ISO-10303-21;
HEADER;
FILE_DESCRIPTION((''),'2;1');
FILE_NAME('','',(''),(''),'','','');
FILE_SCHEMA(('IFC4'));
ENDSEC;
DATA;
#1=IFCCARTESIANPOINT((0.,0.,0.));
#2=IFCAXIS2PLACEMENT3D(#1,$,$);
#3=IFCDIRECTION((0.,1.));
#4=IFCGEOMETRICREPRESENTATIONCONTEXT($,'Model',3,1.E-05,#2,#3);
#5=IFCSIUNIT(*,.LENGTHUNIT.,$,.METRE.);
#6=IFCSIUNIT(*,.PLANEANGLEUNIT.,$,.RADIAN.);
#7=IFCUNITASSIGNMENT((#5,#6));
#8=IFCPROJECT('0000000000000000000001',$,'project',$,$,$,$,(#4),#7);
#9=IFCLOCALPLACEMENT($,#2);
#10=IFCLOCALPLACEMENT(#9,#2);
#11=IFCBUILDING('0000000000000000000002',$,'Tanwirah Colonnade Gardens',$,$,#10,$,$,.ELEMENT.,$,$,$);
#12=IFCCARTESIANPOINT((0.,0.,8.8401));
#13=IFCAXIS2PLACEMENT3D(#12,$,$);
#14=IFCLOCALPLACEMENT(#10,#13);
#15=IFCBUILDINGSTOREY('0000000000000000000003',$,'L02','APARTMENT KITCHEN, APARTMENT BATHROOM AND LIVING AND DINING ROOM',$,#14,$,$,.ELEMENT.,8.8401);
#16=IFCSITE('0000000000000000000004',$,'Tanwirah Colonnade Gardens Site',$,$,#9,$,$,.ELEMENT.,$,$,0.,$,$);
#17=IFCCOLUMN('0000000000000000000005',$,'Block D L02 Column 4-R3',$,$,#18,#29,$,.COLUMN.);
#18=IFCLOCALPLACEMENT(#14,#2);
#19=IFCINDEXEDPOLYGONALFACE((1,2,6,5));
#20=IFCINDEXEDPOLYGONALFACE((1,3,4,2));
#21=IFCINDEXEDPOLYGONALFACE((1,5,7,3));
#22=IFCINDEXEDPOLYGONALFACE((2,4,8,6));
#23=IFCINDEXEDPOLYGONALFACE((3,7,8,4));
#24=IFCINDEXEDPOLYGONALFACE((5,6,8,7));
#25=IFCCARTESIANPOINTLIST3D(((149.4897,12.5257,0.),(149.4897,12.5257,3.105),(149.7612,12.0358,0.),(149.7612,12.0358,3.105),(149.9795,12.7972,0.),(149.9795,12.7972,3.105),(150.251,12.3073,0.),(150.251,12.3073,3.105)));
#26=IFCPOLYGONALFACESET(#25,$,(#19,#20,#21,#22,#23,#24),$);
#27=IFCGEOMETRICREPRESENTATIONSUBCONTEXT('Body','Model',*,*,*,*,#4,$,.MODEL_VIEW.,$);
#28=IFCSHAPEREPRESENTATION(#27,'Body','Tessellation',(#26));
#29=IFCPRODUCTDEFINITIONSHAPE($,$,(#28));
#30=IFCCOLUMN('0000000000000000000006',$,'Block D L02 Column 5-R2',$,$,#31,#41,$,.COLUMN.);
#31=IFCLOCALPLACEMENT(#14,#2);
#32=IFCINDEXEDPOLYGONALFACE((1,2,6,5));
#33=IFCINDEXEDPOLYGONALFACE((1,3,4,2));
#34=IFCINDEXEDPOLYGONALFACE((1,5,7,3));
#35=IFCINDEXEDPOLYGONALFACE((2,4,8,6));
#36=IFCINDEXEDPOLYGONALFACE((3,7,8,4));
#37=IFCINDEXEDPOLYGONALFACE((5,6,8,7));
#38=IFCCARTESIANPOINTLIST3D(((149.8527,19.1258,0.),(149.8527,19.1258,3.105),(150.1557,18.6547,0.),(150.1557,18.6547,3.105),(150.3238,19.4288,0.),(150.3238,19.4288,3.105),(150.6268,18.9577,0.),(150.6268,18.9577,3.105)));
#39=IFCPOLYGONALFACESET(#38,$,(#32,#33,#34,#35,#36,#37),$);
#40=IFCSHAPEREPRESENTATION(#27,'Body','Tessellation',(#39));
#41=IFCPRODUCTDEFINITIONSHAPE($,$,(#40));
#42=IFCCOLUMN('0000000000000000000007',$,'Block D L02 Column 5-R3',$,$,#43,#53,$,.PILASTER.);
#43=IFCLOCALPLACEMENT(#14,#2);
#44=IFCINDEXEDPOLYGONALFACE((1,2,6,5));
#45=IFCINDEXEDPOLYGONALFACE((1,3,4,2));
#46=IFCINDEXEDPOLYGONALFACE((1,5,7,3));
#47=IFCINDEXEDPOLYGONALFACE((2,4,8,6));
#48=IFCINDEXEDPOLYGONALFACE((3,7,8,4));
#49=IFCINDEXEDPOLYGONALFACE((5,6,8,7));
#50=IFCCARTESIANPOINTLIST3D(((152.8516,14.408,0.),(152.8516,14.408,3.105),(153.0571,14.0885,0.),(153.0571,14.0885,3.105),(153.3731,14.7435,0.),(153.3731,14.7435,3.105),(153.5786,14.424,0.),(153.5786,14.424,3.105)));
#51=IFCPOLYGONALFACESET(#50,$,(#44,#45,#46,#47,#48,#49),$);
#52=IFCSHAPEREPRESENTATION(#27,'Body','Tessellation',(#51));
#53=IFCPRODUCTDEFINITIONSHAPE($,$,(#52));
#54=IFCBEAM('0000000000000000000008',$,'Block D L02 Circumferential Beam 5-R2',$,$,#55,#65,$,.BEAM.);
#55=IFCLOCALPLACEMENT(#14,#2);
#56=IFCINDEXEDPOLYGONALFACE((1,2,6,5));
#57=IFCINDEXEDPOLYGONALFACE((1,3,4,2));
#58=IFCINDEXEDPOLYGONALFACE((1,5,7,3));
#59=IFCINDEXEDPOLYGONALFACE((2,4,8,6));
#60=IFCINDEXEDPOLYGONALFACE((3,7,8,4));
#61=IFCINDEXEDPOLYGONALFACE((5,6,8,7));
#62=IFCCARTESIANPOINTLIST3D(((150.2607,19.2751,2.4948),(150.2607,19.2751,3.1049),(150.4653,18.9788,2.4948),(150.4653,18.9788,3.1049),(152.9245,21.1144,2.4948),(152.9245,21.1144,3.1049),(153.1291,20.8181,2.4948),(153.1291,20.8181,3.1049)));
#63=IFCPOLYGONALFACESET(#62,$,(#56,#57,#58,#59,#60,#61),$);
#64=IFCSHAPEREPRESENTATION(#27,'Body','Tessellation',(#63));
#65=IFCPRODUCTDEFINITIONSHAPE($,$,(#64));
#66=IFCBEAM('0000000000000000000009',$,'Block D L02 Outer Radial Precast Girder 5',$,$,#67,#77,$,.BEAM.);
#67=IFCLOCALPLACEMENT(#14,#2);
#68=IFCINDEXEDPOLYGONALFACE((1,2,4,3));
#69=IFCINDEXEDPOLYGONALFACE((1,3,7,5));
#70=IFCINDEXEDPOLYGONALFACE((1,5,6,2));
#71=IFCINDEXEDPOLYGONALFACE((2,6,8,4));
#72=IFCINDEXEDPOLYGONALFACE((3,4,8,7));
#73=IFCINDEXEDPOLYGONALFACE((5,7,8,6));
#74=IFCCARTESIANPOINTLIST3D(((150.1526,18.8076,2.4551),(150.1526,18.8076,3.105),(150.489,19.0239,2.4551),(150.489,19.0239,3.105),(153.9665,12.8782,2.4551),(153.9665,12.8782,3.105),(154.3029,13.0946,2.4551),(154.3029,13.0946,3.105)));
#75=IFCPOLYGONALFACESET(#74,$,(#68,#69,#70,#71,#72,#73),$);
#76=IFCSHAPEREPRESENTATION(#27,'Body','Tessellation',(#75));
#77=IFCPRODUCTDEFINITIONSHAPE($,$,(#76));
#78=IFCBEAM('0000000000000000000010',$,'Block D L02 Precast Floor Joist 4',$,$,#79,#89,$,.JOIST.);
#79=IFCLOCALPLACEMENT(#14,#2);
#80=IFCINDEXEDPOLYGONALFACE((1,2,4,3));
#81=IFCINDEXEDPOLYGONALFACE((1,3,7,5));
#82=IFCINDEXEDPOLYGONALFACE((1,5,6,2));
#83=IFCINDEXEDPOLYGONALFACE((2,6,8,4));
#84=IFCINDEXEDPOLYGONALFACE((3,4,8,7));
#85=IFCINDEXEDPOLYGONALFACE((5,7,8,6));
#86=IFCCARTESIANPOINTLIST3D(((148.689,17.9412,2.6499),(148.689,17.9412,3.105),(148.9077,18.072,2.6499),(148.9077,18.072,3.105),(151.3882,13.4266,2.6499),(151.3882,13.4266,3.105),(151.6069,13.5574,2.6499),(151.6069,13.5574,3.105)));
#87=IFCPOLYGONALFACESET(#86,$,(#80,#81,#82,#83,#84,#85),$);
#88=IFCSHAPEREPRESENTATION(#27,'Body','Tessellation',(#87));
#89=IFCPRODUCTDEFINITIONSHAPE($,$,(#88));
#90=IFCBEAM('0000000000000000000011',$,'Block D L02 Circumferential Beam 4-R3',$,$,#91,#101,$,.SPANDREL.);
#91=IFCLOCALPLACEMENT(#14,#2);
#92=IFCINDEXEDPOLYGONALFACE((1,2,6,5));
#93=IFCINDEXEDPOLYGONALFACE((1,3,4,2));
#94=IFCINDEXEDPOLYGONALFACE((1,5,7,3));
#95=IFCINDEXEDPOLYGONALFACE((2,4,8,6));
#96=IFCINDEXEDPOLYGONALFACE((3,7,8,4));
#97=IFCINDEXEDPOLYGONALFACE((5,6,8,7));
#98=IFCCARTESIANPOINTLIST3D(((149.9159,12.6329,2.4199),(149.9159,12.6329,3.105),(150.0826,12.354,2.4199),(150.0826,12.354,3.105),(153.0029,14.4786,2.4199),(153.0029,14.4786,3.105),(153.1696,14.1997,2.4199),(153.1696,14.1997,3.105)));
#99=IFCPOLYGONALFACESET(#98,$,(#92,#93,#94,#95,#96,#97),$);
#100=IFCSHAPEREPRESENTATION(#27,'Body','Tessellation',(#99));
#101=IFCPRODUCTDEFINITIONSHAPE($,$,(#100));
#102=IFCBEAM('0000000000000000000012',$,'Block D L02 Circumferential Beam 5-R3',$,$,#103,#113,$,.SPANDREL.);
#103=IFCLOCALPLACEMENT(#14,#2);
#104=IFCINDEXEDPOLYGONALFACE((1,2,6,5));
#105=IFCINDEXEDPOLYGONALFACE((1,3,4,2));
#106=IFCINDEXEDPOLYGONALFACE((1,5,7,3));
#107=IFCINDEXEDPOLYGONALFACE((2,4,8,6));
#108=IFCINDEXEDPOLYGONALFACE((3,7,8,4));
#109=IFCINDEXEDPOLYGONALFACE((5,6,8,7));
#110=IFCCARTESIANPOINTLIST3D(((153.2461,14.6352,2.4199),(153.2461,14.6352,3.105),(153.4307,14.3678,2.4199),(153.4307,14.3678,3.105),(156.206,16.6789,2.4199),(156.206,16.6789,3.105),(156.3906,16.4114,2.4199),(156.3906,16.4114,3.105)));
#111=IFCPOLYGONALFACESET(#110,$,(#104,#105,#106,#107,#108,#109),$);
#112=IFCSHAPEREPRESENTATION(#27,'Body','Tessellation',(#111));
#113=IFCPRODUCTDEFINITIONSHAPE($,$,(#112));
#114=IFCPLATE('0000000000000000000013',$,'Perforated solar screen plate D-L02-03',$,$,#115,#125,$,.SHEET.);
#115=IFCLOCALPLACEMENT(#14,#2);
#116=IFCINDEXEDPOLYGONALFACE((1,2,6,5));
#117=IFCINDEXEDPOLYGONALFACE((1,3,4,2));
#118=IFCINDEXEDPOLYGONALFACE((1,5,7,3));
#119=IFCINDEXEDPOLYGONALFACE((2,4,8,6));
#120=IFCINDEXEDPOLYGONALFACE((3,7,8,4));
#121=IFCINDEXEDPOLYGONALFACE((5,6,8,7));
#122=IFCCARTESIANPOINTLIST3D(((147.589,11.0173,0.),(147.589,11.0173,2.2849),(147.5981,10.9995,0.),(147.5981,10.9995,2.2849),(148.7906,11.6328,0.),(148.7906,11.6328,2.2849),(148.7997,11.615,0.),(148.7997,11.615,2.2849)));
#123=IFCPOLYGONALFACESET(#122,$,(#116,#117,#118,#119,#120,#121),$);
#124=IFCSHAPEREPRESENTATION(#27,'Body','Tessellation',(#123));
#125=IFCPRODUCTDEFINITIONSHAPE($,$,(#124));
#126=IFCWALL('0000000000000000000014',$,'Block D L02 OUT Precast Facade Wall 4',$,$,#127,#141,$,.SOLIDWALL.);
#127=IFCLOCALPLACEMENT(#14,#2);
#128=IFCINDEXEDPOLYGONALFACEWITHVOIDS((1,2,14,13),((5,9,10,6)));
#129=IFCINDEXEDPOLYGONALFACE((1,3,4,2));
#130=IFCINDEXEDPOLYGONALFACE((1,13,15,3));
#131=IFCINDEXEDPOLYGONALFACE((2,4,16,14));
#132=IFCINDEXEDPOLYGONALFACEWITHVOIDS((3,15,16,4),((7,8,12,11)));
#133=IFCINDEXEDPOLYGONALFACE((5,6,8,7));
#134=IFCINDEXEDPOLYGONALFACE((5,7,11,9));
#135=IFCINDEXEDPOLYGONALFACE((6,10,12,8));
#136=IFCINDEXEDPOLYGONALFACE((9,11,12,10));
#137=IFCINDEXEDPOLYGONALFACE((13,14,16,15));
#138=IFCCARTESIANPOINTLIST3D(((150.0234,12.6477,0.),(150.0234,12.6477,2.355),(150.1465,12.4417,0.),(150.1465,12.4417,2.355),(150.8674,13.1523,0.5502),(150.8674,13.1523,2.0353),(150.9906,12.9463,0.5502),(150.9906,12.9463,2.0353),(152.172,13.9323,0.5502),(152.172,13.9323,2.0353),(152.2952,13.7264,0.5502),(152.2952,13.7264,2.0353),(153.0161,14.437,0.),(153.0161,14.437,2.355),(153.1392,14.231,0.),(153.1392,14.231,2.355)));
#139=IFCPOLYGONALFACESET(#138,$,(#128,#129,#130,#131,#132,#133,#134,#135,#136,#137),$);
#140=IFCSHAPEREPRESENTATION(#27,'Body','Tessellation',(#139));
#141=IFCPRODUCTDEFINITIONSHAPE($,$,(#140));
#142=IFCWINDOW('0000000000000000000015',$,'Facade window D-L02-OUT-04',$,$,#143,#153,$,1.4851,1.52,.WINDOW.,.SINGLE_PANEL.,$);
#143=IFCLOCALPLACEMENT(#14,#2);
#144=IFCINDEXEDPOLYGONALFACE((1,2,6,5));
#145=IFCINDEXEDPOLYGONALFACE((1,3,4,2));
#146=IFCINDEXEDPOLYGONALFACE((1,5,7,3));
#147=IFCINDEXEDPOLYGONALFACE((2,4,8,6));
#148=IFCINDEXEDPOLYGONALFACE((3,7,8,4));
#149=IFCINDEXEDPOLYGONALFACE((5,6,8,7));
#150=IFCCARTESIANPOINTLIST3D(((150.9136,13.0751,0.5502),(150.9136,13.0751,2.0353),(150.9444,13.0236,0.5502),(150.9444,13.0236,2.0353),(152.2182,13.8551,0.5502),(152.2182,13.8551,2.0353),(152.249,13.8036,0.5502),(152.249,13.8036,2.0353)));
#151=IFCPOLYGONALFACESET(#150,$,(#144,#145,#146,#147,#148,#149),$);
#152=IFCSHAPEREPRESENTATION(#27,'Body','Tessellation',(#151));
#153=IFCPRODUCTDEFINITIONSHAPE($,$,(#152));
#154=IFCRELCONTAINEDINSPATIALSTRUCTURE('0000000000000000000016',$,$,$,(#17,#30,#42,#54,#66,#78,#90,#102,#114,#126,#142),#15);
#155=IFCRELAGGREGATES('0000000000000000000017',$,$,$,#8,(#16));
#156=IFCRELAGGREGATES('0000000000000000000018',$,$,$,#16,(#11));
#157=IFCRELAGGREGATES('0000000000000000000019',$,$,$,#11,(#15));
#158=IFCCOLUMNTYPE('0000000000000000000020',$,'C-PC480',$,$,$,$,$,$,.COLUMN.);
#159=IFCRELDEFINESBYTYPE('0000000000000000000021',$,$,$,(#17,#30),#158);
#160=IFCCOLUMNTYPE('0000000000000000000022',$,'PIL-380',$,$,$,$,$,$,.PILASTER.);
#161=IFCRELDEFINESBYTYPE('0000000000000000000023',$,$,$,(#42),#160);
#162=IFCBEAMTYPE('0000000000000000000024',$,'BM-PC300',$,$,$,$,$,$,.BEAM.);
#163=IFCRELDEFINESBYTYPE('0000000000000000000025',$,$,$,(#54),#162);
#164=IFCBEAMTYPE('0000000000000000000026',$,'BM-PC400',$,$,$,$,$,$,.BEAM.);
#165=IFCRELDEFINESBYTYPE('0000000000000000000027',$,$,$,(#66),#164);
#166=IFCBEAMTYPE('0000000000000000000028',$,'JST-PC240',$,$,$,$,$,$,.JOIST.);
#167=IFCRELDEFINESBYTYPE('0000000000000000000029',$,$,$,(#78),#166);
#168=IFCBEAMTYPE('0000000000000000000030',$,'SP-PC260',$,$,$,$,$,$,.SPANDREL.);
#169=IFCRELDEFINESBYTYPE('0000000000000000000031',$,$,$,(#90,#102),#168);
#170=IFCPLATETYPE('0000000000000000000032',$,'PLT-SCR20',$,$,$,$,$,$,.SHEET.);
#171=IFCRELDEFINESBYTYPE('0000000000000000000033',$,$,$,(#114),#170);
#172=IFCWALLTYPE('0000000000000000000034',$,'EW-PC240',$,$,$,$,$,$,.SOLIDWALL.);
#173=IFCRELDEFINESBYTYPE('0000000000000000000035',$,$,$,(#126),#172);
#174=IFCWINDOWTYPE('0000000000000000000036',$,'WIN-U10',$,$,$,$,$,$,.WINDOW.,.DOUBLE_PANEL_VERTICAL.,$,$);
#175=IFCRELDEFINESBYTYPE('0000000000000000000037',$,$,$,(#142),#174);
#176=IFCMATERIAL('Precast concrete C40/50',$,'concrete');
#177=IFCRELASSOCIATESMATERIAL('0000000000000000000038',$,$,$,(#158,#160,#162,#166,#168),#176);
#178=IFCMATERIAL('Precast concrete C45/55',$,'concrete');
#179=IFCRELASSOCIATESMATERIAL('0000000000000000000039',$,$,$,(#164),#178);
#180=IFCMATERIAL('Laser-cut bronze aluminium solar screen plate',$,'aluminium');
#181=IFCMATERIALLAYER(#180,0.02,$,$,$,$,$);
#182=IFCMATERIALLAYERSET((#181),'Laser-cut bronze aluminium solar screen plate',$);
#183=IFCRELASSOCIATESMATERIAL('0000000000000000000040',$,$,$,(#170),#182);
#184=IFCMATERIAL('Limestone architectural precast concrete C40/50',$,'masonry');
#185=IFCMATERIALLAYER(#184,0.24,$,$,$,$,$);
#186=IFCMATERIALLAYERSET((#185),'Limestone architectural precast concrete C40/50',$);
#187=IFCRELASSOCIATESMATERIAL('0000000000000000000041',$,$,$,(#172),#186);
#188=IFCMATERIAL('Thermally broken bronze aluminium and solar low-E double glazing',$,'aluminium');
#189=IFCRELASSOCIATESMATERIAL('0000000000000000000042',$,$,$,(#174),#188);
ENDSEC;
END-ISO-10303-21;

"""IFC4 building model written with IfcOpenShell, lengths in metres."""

from ifc_helpers import new_model, si_unit, direction, frame, frame_2d, origin, origin_2d, place, context, subcontext, project, spatial, rectangle, extrude, material, layer, layer_set, material_profile, profile_set, type_object, element, fill, save


model = new_model("IFC4")

# Units and contexts
model_context = context("Model", 3, precision=1e-05, world=origin(), true_north=direction((0.0, 1.0)))
body_context = subcontext(model_context, "Body", "Model", "MODEL_VIEW")
ifc_project = project(units=[si_unit("LENGTHUNIT", "METRE"), si_unit("PLANEANGLEUNIT", "RADIAN")], contexts=[model_context])

# Site, building, storey
site_placement = place(None, origin())
site = spatial("IfcSite", under=ifc_project, at=site_placement, Name="Tanwirah Colonnade Gardens Site", CompositionType="ELEMENT", RefElevation=0.0)
building_placement = place(site_placement, origin())
building = spatial("IfcBuilding", under=site, at=building_placement, Name="Tanwirah Colonnade Gardens", CompositionType="ELEMENT")
storey_placement = place(building_placement, frame((0.0, 0.0, 8.8401)))
storey = spatial("IfcBuildingStorey", under=building, at=storey_placement, Name="L02", Description="APARTMENT KITCHEN, APARTMENT BATHROOM AND LIVING AND DINING ROOM", CompositionType="ELEMENT", Elevation=8.8401)

# Columns
ifc_material_1 = material(Name="Precast concrete C40/50", Category="concrete")
ifc_material_profile_1 = material_profile(ifc_material_1, rectangle(XDim=0.5601, YDim=0.5601, at=origin_2d()), Name="PC-COL 560x560")
ifc_profile_set_1 = profile_set([ifc_material_profile_1], Name="Precast concrete C40/50")
column_type_1 = type_object("IfcColumnType", Name="C-PC480", PredefinedType="COLUMN", material=ifc_profile_set_1)
for number, where, z_axis, x_axis, name in (
    (1, (149.8704, 12.4165, 0.0), (0.0, 0.0, 1.0), (0.48481, -0.87462, 0.0), "Block D L02 Column 4-R3"),
    (2, (150.2397, 19.0417, 0.0), (0.0, 0.0, 1.0), (0.540974, -0.841039, 0.0), "Block D L02 Column 5-R2"),
):
    element("IfcColumn", number, at=place(storey_placement, frame(where, z_axis=z_axis, x_axis=x_axis)), inside=storey, type_object=column_type_1, Name=name, PredefinedType="COLUMN", context=body_context, shape_type="SweptSolid", body=[
        extrude(rectangle(XDim=0.5601, YDim=0.5601, at=origin_2d()), origin(), (0.0, 0.0, 1.0), 3.105),
    ])
ifc_material_profile_2 = material_profile(ifc_material_1, rectangle(XDim=0.3799, YDim=0.6201, at=origin_2d()), Name="PC-PIL 380x620")
ifc_profile_set_2 = profile_set([ifc_material_profile_2], Name="Precast concrete C40/50")
column_type_2 = type_object("IfcColumnType", Name="PIL-380", PredefinedType="PILASTER", material=ifc_profile_set_2)
column_placement = place(storey_placement, frame((153.2151, 14.416, 0.0), z_axis=(0.0, 0.0, 1.0), x_axis=(0.540974, -0.841039, 0.0)))
element("IfcColumn", 3, at=column_placement, inside=storey, type_object=column_type_2, Name="Block D L02 Column 5-R3", PredefinedType="PILASTER", context=body_context, shape_type="SweptSolid", body=[
    extrude(rectangle(XDim=0.3799, YDim=0.6201, at=origin_2d()), origin(), (0.0, 0.0, 1.0), 3.105),
])

# Beams
ifc_material_profile_3 = material_profile(ifc_material_1, rectangle(XDim=0.3601, YDim=0.6101, at=origin_2d()), Name="PC-BM 360x610")
ifc_profile_set_3 = profile_set([ifc_material_profile_3], Name="Precast concrete C40/50")
beam_type_1 = type_object("IfcBeamType", Name="BM-PC300", PredefinedType="BEAM", material=ifc_profile_set_3)
beam_1_placement = place(storey_placement, frame((150.363, 19.127, 2.7998), z_axis=(0.822889, 0.568202, 0.0), x_axis=(-0.568202, 0.822889, 0.0)))
element("IfcBeam", 4, at=beam_1_placement, inside=storey, type_object=beam_type_1, Name="Block D L02 Circumferential Beam 5-R2", PredefinedType="BEAM", context=body_context, shape_type="SweptSolid", body=[
    extrude(rectangle(XDim=0.3601, YDim=0.6101, at=origin_2d()), origin(), (0.0, 0.0, 1.0), 3.2371),
])
ifc_material_2 = material(Name="Precast concrete C45/55", Category="concrete")
ifc_material_profile_4 = material_profile(ifc_material_2, rectangle(XDim=0.3999, YDim=0.6499, at=origin_2d()), Name="PC-BM 400x650")
ifc_profile_set_4 = profile_set([ifc_material_profile_4], Name="Precast concrete C45/55")
beam_type_2 = type_object("IfcBeamType", Name="BM-PC400", PredefinedType="BEAM", material=ifc_profile_set_4)
beam_2_placement = place(storey_placement, frame((150.3208, 18.9158, 2.78), z_axis=(0.540976, -0.841038, 0.0), x_axis=(0.841038, 0.540976, 0.0)))
element("IfcBeam", 5, at=beam_2_placement, inside=storey, type_object=beam_type_2, Name="Block D L02 Outer Radial Precast Girder 5", PredefinedType="BEAM", context=body_context, shape_type="SweptSolid", body=[
    extrude(rectangle(XDim=0.3999, YDim=0.6499, at=origin_2d()), origin(), (0.0, 0.0, 1.0), 7.05),
])
ifc_material_profile_5 = material_profile(ifc_material_1, rectangle(XDim=0.2549, YDim=0.4551, at=origin_2d()), Name="PC-JST 255x455")
ifc_profile_set_5 = profile_set([ifc_material_profile_5], Name="Precast concrete C40/50")
beam_type_3 = type_object("IfcBeamType", Name="JST-PC240", PredefinedType="JOIST", material=ifc_profile_set_5)
beam_3_placement = place(storey_placement, frame((148.7983, 18.0066, 2.8774), z_axis=(0.513157, -0.858295, 0.0), x_axis=(0.858295, 0.513157, 0.0)))
element("IfcBeam", 6, at=beam_3_placement, inside=storey, type_object=beam_type_3, Name="Block D L02 Precast Floor Joist 4", PredefinedType="JOIST", context=body_context, shape_type="SweptSolid", body=[
    extrude(rectangle(XDim=0.2549, YDim=0.4551, at=origin_2d()), origin(), (0.0, 0.0, 1.0), 5.26),
])
ifc_material_profile_6 = material_profile(ifc_material_1, rectangle(XDim=0.325, YDim=0.6851, at=origin_2d()), Name="PC-SP 325x685")
ifc_profile_set_6 = profile_set([ifc_material_profile_6], Name="Precast concrete C40/50")
beam_type_4 = type_object("IfcBeamType", Name="SP-PC260", PredefinedType="SPANDREL", material=ifc_profile_set_6)
beam_4_placement = place(storey_placement, frame((149.9993, 12.4934, 2.7625), z_axis=(0.858283, 0.513177, 0.0), x_axis=(-0.513177, 0.858283, 0.0)))
element("IfcBeam", 7, at=beam_4_placement, inside=storey, type_object=beam_type_4, Name="Block D L02 Circumferential Beam 4-R3", PredefinedType="SPANDREL", context=body_context, shape_type="SweptSolid", body=[
    extrude(rectangle(XDim=0.325, YDim=0.6851, at=origin_2d()), origin(), (0.0, 0.0, 1.0), 3.5967),
])
beam_5_placement = place(storey_placement, frame((153.3384, 14.5015, 2.7625), z_axis=(0.822907, 0.568175, 0.0), x_axis=(-0.568175, 0.822907, 0.0)))
element("IfcBeam", 8, at=beam_5_placement, inside=storey, type_object=beam_type_4, Name="Block D L02 Circumferential Beam 5-R3", PredefinedType="SPANDREL", context=body_context, shape_type="SweptSolid", body=[
    extrude(rectangle(XDim=0.325, YDim=0.6851, at=origin_2d()), origin(), (0.0, 0.0, 1.0), 3.5969),
])

# Plate
ifc_material_3 = material(Name="Laser-cut bronze aluminium solar screen plate", Category="aluminium")
ifc_layer_1 = layer(ifc_material_3, 0.02)
ifc_layer_set_1 = layer_set([ifc_layer_1], Name="Laser-cut bronze aluminium solar screen plate")
plate_type = type_object("IfcPlateType", Name="PLT-SCR20", PredefinedType="SHEET", material=ifc_layer_set_1)
plate_placement = place(storey_placement, frame((148.1943, 11.3162, 0.0), z_axis=(0.0, 0.0, 1.0), x_axis=(0.890015, 0.455931, 0.0)))
element("IfcPlate", 9, at=plate_placement, inside=storey, type_object=plate_type, Name="Perforated solar screen plate D-L02-03", PredefinedType="SHEET", context=body_context, shape_type="SweptSolid", body=[
    extrude(rectangle(XDim=1.3501, YDim=0.02, at=origin_2d()), origin(), (0.0, 0.0, 1.0), 2.2849),
])

# Wall, opening, window
ifc_material_4 = material(Name="Limestone architectural precast concrete C40/50", Category="masonry")
ifc_layer_2 = layer(ifc_material_4, 0.24)
ifc_layer_set_2 = layer_set([ifc_layer_2], Name="Limestone architectural precast concrete C40/50")
wall_type_1 = type_object("IfcWallType", Name="EW-PC240", PredefinedType="SOLIDWALL", material=ifc_layer_set_2)
wall_1_placement = place(storey_placement, frame((150.085, 12.5447, 0.0), z_axis=(0.0, 0.0, 1.0), x_axis=(0.858289, 0.513167, 0.0)))
wall_1 = element("IfcWall", 10, at=wall_1_placement, inside=storey, type_object=wall_type_1, Name="Block D L02 OUT Precast Facade Wall 4", PredefinedType="SOLIDWALL", context=body_context, shape_type="SweptSolid", body=[
    extrude(rectangle(XDim=3.4868, YDim=0.24, at=frame_2d((1.7434, 0.0))), origin(), (0.0, 0.0, 1.0), 2.355),
])
opening_1_placement = place(wall_1_placement, frame((0.9834, 0.0, 0.55)))
opening_1 = element("IfcOpeningElement", 11, at=opening_1_placement, cuts=wall_1, PredefinedType="OPENING", context=body_context, shape_type="SweptSolid", body=[
    extrude(rectangle(XDim=1.52, YDim=1.4851, at=frame_2d((0.76, 0.7427))), frame((0.0, 0.1299, 0.0), z_axis=(0.0, -1.0, 0.0), x_axis=(1.0, 0.0, 0.0)), (0.0, 0.0, 1.0), 0.26),
])
ifc_material_5 = material(Name="Thermally broken bronze aluminium and solar low-E double glazing", Category="aluminium")
window_type_1 = type_object("IfcWindowType", Name="WIN-U10", PartitioningType="DOUBLE_PANEL_VERTICAL", PredefinedType="WINDOW", material=ifc_material_5)
window_1_placement = place(opening_1_placement, origin())
window_1 = element("IfcWindow", 12, at=window_1_placement, inside=storey, type_object=window_type_1, Name="Facade window D-L02-OUT-04", OverallHeight=1.4851, OverallWidth=1.52, PartitioningType="SINGLE_PANEL", PredefinedType="WINDOW", context=body_context, shape_type="SweptSolid", body=[
    extrude(rectangle(XDim=1.52, YDim=1.4851, at=frame_2d((0.76, 0.7427))), frame((0.0, 0.03, 0.0), z_axis=(0.0, -1.0, 0.0), x_axis=(1.0, 0.0, 0.0)), (0.0, 0.0, 1.0), 0.0601),
])
fill(opening_1, window_1)

save(model, "model.ifc")
